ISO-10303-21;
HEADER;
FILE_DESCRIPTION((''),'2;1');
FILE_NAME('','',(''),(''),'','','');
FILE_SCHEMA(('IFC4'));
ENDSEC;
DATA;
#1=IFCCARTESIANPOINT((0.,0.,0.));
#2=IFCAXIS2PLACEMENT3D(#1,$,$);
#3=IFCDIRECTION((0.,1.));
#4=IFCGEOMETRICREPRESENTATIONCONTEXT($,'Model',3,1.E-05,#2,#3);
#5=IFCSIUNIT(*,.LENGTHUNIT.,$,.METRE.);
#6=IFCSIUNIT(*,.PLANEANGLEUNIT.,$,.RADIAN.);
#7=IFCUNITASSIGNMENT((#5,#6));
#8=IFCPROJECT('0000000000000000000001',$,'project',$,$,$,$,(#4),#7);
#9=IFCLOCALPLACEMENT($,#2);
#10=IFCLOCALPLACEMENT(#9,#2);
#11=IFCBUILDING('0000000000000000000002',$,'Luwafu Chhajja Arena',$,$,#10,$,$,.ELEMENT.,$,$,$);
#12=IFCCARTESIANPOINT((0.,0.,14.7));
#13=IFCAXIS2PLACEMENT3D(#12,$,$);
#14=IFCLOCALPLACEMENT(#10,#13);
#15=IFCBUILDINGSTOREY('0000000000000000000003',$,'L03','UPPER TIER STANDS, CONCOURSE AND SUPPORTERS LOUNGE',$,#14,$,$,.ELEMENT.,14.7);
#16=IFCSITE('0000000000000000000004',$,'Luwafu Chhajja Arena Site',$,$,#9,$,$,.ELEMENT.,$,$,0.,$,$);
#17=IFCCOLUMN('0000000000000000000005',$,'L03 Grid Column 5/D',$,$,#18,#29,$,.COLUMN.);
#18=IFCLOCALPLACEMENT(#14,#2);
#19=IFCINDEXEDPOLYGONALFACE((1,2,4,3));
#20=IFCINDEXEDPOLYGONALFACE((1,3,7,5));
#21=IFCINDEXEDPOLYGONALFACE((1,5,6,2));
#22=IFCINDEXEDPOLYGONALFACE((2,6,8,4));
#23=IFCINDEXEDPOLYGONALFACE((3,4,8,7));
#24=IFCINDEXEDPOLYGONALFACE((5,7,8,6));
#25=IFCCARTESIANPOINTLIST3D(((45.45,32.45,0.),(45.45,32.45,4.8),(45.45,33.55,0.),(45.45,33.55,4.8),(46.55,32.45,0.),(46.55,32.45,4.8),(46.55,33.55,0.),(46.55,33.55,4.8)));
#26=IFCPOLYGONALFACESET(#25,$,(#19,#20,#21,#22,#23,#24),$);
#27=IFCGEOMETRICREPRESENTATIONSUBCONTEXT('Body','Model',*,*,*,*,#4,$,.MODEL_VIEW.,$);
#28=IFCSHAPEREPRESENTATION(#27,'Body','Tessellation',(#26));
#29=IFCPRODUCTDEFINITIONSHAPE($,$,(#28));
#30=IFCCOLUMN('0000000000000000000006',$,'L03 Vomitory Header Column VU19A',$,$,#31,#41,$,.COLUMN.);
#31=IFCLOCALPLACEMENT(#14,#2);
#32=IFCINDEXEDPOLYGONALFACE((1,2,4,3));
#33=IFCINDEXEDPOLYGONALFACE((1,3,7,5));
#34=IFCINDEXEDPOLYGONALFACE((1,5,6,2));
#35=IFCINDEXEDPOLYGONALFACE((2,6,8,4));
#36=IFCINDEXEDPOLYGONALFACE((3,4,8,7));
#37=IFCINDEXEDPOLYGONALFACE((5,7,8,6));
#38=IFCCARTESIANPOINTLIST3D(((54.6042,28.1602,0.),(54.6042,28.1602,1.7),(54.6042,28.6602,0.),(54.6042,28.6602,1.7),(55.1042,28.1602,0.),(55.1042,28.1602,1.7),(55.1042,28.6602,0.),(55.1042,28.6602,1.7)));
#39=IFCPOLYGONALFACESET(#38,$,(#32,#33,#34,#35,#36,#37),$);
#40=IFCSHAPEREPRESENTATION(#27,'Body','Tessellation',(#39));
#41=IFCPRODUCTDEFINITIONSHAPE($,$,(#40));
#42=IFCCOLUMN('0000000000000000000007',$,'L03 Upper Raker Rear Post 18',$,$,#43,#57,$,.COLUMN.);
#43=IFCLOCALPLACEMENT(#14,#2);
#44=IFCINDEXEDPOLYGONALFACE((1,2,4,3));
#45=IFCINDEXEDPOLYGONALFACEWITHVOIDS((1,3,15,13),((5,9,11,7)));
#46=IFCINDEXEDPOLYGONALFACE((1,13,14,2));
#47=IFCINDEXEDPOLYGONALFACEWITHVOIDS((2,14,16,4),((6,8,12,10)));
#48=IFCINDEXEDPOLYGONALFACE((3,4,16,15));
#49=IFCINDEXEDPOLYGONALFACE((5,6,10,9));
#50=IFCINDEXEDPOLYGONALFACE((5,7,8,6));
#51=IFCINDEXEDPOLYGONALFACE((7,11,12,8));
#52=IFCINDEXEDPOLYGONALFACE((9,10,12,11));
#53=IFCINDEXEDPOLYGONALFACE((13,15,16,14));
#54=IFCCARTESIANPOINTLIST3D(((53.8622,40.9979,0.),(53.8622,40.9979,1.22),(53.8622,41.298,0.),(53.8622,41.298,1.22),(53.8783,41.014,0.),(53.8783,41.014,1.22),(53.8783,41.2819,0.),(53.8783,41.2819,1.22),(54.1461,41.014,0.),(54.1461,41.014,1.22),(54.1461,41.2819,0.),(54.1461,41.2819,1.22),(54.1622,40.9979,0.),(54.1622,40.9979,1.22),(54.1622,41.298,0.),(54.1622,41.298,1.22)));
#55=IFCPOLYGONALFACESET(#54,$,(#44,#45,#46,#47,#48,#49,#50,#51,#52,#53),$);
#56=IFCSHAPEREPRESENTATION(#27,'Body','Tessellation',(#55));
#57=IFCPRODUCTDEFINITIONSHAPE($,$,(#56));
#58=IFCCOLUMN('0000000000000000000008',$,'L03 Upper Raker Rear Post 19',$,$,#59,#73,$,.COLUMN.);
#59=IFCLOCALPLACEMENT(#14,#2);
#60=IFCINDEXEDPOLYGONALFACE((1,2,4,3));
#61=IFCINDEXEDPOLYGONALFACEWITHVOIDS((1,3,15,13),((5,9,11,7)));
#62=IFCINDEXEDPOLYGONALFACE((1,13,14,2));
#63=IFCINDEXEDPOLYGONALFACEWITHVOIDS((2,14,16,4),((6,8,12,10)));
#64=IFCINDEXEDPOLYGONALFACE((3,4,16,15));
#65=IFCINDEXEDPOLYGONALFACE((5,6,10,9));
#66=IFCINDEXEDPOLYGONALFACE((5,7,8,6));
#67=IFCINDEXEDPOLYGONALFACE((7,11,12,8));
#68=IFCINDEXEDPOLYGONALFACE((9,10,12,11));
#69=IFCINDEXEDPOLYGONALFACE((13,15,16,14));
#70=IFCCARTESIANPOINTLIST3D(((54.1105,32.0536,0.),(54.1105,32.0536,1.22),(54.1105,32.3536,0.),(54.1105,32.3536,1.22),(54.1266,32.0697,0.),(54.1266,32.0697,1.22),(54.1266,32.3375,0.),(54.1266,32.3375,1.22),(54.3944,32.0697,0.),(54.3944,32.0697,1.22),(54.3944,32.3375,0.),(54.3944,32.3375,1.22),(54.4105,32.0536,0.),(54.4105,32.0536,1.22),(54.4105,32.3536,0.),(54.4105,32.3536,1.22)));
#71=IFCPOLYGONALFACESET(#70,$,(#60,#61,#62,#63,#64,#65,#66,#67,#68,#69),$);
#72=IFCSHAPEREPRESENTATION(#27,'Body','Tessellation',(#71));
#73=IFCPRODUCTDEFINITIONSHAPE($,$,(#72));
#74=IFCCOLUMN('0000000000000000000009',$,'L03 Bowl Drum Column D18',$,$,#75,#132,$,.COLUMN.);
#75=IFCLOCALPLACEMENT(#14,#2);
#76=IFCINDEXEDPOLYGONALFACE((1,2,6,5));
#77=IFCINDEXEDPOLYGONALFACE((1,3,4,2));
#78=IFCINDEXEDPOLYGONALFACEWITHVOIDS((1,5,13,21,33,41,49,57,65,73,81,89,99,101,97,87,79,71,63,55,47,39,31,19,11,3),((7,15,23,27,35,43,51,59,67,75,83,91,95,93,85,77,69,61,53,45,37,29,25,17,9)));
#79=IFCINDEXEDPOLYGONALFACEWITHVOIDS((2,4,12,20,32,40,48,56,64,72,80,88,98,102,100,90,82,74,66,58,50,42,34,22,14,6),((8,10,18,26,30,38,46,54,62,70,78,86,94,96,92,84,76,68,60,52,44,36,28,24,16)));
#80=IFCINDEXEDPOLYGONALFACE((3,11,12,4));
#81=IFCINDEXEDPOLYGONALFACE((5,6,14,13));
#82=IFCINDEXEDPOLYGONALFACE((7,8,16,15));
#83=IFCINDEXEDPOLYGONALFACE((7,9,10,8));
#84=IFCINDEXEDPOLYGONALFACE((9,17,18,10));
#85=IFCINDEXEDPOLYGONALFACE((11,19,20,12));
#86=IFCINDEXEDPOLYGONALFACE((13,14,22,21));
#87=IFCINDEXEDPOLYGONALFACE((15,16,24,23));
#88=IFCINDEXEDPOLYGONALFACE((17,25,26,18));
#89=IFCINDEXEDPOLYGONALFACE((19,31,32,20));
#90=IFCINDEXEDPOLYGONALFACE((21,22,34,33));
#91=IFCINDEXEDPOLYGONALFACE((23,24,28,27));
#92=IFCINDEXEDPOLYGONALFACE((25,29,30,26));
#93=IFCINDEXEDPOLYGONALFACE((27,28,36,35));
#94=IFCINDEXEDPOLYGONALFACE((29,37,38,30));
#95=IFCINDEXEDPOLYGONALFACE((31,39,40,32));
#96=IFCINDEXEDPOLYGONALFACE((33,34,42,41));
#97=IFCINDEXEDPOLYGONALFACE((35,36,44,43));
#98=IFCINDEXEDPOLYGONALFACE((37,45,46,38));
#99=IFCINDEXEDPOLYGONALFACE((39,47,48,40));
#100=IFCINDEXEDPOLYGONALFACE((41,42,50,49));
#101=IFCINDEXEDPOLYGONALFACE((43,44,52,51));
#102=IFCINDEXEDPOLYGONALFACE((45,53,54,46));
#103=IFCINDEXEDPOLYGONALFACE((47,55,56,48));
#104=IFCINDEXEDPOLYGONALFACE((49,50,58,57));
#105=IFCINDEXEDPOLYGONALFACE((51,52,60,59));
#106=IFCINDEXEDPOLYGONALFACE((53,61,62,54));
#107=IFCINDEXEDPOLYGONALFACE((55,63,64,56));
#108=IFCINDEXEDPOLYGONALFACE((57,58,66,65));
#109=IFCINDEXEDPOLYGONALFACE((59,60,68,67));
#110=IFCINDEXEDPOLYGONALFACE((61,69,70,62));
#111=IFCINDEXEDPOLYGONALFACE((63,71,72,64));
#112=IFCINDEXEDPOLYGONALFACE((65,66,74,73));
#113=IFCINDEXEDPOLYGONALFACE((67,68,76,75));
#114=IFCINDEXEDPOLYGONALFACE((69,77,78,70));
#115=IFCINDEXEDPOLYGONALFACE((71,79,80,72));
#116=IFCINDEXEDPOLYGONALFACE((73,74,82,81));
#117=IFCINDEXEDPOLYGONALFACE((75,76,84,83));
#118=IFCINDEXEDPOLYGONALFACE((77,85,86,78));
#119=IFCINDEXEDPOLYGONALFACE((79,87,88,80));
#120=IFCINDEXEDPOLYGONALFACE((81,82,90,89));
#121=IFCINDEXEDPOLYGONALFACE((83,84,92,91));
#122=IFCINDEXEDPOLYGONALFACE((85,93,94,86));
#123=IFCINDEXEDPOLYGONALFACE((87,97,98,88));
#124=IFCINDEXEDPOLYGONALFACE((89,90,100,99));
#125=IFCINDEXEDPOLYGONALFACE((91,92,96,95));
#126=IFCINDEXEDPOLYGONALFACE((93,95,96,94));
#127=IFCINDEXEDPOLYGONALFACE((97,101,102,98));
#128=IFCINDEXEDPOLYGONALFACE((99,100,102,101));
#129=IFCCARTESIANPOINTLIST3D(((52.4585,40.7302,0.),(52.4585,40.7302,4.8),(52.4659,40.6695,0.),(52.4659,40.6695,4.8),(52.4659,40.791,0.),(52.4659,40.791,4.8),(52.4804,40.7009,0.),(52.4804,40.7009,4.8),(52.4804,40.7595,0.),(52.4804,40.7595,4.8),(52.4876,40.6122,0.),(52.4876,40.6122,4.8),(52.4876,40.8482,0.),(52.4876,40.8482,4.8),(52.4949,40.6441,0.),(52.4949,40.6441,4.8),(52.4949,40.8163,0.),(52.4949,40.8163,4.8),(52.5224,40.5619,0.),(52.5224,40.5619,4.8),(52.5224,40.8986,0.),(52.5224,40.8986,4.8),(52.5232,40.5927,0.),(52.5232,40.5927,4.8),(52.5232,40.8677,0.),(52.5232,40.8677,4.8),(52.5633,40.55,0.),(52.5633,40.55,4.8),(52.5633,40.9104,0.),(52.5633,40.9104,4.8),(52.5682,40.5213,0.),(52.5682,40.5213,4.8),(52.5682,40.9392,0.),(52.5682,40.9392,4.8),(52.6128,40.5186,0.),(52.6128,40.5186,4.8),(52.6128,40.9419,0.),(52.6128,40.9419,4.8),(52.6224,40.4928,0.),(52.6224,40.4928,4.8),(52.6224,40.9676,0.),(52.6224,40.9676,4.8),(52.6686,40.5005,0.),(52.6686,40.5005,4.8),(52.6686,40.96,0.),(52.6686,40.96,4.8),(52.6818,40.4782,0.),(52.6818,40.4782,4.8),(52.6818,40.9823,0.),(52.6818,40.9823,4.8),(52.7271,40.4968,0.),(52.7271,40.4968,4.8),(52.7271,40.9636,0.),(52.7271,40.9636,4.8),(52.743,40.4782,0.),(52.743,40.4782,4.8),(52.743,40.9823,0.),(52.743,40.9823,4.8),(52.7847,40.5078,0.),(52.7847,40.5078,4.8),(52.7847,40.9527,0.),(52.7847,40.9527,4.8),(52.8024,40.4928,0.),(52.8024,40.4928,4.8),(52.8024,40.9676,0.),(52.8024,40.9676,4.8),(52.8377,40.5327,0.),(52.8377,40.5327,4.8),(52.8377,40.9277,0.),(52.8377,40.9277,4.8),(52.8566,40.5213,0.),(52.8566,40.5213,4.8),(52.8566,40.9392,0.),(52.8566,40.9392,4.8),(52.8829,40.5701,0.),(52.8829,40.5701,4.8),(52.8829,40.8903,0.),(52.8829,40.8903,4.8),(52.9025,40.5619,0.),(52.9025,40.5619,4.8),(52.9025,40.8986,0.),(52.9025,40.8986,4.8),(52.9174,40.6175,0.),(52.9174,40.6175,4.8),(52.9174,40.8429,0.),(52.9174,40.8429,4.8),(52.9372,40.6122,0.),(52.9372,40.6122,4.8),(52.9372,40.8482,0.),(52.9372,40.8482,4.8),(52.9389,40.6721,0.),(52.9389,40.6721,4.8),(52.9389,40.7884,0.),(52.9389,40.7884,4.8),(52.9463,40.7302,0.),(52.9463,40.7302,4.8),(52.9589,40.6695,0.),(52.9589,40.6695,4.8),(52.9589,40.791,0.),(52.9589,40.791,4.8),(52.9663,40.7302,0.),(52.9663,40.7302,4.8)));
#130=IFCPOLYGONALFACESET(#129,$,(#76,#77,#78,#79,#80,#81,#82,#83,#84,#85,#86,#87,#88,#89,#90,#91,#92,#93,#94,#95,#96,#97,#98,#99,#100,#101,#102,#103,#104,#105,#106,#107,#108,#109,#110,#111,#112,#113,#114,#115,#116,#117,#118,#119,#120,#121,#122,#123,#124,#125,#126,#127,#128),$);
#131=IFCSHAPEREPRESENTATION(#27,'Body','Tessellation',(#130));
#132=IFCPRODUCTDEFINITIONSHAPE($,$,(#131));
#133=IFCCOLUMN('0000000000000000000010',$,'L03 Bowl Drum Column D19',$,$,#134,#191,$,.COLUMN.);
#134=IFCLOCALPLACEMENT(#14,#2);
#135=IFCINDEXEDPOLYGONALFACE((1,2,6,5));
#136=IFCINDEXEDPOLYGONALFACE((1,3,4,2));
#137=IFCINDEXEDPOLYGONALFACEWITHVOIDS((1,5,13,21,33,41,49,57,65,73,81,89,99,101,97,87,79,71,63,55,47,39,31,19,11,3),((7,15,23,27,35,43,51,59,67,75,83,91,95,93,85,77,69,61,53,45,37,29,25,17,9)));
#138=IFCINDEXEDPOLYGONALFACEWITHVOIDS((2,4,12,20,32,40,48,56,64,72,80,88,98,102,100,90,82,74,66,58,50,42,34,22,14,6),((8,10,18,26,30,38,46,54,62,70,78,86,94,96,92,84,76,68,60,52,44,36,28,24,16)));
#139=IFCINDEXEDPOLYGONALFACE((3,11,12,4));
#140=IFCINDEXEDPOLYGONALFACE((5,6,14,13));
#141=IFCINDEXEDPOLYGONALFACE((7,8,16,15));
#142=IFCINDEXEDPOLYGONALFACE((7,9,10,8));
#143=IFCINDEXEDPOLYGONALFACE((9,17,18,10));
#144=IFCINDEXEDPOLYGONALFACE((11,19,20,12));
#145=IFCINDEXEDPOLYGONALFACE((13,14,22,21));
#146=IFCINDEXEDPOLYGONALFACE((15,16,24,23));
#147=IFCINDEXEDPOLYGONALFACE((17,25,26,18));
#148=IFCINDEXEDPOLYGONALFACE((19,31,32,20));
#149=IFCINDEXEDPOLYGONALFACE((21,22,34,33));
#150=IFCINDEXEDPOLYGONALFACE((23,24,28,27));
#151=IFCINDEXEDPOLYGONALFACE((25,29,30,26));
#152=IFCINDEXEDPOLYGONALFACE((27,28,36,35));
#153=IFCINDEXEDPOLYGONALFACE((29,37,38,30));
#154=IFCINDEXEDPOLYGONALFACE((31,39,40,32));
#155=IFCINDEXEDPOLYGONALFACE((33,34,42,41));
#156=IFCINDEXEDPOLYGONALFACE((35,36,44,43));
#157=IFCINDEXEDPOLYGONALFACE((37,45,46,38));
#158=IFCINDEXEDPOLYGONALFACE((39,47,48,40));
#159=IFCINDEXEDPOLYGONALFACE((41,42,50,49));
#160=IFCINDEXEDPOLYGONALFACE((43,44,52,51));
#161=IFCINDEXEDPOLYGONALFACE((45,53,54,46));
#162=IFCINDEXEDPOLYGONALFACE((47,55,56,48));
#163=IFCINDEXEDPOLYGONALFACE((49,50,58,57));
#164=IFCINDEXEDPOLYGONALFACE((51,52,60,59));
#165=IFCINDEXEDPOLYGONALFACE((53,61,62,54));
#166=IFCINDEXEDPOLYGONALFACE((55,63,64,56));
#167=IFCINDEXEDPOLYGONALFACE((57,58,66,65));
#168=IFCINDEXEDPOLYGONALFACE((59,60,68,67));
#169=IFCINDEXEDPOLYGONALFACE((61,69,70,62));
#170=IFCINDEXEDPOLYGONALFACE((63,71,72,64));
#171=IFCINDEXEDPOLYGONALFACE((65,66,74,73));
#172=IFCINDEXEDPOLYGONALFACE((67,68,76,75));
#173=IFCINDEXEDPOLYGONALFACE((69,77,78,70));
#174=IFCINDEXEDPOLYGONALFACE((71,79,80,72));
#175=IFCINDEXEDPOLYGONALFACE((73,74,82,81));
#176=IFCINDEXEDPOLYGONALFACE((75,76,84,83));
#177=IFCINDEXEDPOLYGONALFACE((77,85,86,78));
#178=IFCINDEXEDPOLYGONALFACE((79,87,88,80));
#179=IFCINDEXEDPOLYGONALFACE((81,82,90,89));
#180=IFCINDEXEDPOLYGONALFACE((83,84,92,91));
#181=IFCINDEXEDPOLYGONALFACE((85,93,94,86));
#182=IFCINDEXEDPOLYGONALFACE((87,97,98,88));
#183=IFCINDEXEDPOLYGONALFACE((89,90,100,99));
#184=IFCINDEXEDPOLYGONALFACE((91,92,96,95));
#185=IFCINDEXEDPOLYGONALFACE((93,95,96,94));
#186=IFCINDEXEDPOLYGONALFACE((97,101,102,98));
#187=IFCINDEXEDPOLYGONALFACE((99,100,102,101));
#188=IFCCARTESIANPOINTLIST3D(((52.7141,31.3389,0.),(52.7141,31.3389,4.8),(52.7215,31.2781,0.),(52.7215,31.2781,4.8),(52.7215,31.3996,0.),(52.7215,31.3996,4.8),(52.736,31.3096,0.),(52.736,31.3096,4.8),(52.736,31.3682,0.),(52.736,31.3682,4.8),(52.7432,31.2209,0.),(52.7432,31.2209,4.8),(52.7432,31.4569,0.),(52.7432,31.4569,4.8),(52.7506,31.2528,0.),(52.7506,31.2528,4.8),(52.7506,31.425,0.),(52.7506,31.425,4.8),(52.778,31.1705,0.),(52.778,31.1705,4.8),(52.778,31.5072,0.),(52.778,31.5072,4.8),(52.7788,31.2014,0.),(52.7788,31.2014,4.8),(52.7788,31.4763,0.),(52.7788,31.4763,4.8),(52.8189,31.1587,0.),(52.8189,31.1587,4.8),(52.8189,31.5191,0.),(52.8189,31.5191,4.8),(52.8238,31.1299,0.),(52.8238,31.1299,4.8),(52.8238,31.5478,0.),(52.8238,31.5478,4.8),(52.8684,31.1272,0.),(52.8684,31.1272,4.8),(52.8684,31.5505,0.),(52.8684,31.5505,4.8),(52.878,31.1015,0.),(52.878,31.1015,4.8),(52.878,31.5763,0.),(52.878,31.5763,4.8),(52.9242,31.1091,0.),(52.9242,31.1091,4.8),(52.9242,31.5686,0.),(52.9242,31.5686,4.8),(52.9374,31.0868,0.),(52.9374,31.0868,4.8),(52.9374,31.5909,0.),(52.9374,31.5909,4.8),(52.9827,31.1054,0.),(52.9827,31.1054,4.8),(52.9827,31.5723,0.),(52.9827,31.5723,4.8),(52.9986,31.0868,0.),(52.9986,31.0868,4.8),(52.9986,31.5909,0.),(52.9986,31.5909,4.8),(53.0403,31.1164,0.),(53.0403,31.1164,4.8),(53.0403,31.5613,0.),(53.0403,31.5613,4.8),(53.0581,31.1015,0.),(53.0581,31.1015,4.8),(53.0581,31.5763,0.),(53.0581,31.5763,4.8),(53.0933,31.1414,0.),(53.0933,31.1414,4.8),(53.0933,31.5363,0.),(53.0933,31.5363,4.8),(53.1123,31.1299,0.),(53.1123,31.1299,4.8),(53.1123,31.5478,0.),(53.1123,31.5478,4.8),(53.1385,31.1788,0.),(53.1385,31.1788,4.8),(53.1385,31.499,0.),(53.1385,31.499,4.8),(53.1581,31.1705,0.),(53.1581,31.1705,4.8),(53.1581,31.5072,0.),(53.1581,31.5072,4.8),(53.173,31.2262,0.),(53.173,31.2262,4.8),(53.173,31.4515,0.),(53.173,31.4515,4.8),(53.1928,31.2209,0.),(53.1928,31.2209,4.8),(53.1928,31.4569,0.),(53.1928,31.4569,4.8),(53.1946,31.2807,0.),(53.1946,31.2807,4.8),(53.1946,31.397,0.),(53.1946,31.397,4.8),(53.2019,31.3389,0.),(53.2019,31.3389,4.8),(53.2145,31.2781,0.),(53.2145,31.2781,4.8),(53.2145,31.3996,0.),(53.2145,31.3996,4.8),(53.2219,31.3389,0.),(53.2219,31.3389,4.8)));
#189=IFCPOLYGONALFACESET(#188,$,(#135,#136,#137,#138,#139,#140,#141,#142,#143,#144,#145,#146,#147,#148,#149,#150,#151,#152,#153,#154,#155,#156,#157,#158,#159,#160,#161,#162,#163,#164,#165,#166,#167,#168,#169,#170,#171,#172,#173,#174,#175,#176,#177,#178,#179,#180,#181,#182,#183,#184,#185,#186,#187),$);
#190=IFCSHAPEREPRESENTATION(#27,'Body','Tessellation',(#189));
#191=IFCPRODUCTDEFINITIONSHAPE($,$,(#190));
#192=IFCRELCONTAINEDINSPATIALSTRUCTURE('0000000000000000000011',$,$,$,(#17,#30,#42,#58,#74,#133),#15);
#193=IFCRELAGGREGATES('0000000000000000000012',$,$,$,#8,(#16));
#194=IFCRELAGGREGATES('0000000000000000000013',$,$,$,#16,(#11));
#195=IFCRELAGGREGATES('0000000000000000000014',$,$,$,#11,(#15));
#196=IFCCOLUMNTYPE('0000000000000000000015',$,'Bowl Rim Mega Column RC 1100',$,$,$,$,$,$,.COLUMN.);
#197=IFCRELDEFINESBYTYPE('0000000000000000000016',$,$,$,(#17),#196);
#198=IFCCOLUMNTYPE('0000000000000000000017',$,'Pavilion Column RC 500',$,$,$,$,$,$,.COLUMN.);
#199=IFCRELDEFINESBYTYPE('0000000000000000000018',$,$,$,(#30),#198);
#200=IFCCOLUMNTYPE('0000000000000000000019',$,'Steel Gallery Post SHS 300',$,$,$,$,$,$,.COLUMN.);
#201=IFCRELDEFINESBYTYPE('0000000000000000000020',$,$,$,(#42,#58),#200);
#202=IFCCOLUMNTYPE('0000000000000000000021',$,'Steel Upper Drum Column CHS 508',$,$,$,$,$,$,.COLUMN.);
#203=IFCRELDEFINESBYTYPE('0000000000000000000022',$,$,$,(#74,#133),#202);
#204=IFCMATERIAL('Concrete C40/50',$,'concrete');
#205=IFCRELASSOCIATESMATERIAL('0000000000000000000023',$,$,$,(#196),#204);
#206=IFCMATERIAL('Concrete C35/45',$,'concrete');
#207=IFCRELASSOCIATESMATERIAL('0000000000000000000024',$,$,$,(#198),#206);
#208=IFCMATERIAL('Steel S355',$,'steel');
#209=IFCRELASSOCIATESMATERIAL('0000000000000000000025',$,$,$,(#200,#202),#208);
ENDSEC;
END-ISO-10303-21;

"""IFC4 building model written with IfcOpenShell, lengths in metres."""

from ifc_helpers import new_model, si_unit, direction, frame, origin, origin_2d, place, context, subcontext, project, spatial, rectangle, hollow_rectangle, hollow_circle, extrude, material, material_profile, profile_set, type_object, element, save


model = new_model("IFC4")

# Units and contexts
model_context = context("Model", 3, precision=1e-05, world=origin(), true_north=direction((0.0, 1.0)))
body_context = subcontext(model_context, "Body", "Model", "MODEL_VIEW")
ifc_project = project(units=[si_unit("LENGTHUNIT", "METRE"), si_unit("PLANEANGLEUNIT", "RADIAN")], contexts=[model_context])

# Site, building, storey
site_placement = place(None, origin())
site = spatial("IfcSite", under=ifc_project, at=site_placement, Name="Luwafu Chhajja Arena Site", CompositionType="ELEMENT", RefElevation=0.0)
building_placement = place(site_placement, origin())
building = spatial("IfcBuilding", under=site, at=building_placement, Name="Luwafu Chhajja Arena", CompositionType="ELEMENT")
storey_placement = place(building_placement, frame((0.0, 0.0, 14.7)))
storey = spatial("IfcBuildingStorey", under=building, at=storey_placement, Name="L03", Description="UPPER TIER STANDS, CONCOURSE AND SUPPORTERS LOUNGE", CompositionType="ELEMENT", Elevation=14.7)

# Columns
ifc_material_1 = material(Name="Concrete C40/50", Category="concrete")
ifc_material_profile_1 = material_profile(ifc_material_1, rectangle(XDim=1.1001, YDim=1.1001, at=origin_2d()), Name="RC 1100x1100")
ifc_profile_set_1 = profile_set([ifc_material_profile_1], Name="Concrete C40/50")
column_type_1 = type_object("IfcColumnType", Name="Bowl Rim Mega Column RC 1100", PredefinedType="COLUMN", material=ifc_profile_set_1)
column_1_placement = place(storey_placement, frame((46.0, 33.0, 0.0), z_axis=(0.0, 0.0, 1.0), x_axis=(1.0, 0.0, 0.0)))
element("IfcColumn", 1, at=column_1_placement, inside=storey, type_object=column_type_1, Name="L03 Grid Column 5/D", PredefinedType="COLUMN", context=body_context, shape_type="SweptSolid", body=[
    extrude(rectangle(XDim=1.1001, YDim=1.1001, at=origin_2d()), origin(), (0.0, 0.0, 1.0), 4.8),
])
ifc_material_2 = material(Name="Concrete C35/45", Category="concrete")
ifc_material_profile_2 = material_profile(ifc_material_2, rectangle(XDim=0.5, YDim=0.5, at=origin_2d()), Name="RC 500x500")
ifc_profile_set_2 = profile_set([ifc_material_profile_2], Name="Concrete C35/45")
column_type_2 = type_object("IfcColumnType", Name="Pavilion Column RC 500", PredefinedType="COLUMN", material=ifc_profile_set_2)
column_2_placement = place(storey_placement, frame((54.8542, 28.4102, 0.0), z_axis=(0.0, 0.0, 1.0), x_axis=(1.0, 0.0, 0.0)))
element("IfcColumn", 2, at=column_2_placement, inside=storey, type_object=column_type_2, Name="L03 Vomitory Header Column VU19A", PredefinedType="COLUMN", context=body_context, shape_type="SweptSolid", body=[
    extrude(rectangle(XDim=0.5, YDim=0.5, at=origin_2d()), origin(), (0.0, 0.0, 1.0), 1.7),
])
ifc_material_3 = material(Name="Steel S355", Category="steel")
ifc_material_profile_3 = material_profile(ifc_material_3, hollow_rectangle(XDim=0.3, YDim=0.3, WallThickness=0.0161, at=origin_2d()), Name="SHS 300x300x16")
ifc_profile_set_3 = profile_set([ifc_material_profile_3], Name="Steel S355")
column_type_3 = type_object("IfcColumnType", Name="Steel Gallery Post SHS 300", PredefinedType="COLUMN", material=ifc_profile_set_3)
for number, where, z_axis, x_axis, name in (
    (3, (54.0122, 41.1479, 0.0), (0.0, 0.0, 1.0), (1.0, 0.0, 0.0), "L03 Upper Raker Rear Post 18"),
    (4, (54.2605, 32.2036, 0.0), (0.0, 0.0, 1.0), (1.0, 0.0, 0.0), "L03 Upper Raker Rear Post 19"),
):
    element("IfcColumn", number, at=place(storey_placement, frame(where, z_axis=z_axis, x_axis=x_axis)), inside=storey, type_object=column_type_3, Name=name, PredefinedType="COLUMN", context=body_context, shape_type="SweptSolid", body=[
        extrude(hollow_rectangle(XDim=0.3, YDim=0.3, WallThickness=0.0161, at=origin_2d()), origin(), (0.0, 0.0, 1.0), 1.22),
    ])
ifc_material_profile_4 = material_profile(ifc_material_3, hollow_circle(Radius=0.2539, WallThickness=0.02, at=origin_2d()), Name="CHS 508x20")
ifc_profile_set_4 = profile_set([ifc_material_profile_4], Name="Steel S355")
column_type_4 = type_object("IfcColumnType", Name="Steel Upper Drum Column CHS 508", PredefinedType="COLUMN", material=ifc_profile_set_4)
for number, where, z_axis, x_axis, name in (
    (5, (52.7124, 40.7302, 0.0), (0.0, 0.0, 1.0), (1.0, 0.0, 0.0), "L03 Bowl Drum Column D18"),
    (6, (52.968, 31.3389, 0.0), (0.0, 0.0, 1.0), (1.0, 0.0, 0.0), "L03 Bowl Drum Column D19"),
):
    element("IfcColumn", number, at=place(storey_placement, frame(where, z_axis=z_axis, x_axis=x_axis)), inside=storey, type_object=column_type_4, Name=name, PredefinedType="COLUMN", context=body_context, shape_type="SweptSolid", body=[
        extrude(hollow_circle(Radius=0.2539, WallThickness=0.02, at=origin_2d()), origin(), (0.0, 0.0, 1.0), 4.8),
    ])

save(model, "model.ifc")
